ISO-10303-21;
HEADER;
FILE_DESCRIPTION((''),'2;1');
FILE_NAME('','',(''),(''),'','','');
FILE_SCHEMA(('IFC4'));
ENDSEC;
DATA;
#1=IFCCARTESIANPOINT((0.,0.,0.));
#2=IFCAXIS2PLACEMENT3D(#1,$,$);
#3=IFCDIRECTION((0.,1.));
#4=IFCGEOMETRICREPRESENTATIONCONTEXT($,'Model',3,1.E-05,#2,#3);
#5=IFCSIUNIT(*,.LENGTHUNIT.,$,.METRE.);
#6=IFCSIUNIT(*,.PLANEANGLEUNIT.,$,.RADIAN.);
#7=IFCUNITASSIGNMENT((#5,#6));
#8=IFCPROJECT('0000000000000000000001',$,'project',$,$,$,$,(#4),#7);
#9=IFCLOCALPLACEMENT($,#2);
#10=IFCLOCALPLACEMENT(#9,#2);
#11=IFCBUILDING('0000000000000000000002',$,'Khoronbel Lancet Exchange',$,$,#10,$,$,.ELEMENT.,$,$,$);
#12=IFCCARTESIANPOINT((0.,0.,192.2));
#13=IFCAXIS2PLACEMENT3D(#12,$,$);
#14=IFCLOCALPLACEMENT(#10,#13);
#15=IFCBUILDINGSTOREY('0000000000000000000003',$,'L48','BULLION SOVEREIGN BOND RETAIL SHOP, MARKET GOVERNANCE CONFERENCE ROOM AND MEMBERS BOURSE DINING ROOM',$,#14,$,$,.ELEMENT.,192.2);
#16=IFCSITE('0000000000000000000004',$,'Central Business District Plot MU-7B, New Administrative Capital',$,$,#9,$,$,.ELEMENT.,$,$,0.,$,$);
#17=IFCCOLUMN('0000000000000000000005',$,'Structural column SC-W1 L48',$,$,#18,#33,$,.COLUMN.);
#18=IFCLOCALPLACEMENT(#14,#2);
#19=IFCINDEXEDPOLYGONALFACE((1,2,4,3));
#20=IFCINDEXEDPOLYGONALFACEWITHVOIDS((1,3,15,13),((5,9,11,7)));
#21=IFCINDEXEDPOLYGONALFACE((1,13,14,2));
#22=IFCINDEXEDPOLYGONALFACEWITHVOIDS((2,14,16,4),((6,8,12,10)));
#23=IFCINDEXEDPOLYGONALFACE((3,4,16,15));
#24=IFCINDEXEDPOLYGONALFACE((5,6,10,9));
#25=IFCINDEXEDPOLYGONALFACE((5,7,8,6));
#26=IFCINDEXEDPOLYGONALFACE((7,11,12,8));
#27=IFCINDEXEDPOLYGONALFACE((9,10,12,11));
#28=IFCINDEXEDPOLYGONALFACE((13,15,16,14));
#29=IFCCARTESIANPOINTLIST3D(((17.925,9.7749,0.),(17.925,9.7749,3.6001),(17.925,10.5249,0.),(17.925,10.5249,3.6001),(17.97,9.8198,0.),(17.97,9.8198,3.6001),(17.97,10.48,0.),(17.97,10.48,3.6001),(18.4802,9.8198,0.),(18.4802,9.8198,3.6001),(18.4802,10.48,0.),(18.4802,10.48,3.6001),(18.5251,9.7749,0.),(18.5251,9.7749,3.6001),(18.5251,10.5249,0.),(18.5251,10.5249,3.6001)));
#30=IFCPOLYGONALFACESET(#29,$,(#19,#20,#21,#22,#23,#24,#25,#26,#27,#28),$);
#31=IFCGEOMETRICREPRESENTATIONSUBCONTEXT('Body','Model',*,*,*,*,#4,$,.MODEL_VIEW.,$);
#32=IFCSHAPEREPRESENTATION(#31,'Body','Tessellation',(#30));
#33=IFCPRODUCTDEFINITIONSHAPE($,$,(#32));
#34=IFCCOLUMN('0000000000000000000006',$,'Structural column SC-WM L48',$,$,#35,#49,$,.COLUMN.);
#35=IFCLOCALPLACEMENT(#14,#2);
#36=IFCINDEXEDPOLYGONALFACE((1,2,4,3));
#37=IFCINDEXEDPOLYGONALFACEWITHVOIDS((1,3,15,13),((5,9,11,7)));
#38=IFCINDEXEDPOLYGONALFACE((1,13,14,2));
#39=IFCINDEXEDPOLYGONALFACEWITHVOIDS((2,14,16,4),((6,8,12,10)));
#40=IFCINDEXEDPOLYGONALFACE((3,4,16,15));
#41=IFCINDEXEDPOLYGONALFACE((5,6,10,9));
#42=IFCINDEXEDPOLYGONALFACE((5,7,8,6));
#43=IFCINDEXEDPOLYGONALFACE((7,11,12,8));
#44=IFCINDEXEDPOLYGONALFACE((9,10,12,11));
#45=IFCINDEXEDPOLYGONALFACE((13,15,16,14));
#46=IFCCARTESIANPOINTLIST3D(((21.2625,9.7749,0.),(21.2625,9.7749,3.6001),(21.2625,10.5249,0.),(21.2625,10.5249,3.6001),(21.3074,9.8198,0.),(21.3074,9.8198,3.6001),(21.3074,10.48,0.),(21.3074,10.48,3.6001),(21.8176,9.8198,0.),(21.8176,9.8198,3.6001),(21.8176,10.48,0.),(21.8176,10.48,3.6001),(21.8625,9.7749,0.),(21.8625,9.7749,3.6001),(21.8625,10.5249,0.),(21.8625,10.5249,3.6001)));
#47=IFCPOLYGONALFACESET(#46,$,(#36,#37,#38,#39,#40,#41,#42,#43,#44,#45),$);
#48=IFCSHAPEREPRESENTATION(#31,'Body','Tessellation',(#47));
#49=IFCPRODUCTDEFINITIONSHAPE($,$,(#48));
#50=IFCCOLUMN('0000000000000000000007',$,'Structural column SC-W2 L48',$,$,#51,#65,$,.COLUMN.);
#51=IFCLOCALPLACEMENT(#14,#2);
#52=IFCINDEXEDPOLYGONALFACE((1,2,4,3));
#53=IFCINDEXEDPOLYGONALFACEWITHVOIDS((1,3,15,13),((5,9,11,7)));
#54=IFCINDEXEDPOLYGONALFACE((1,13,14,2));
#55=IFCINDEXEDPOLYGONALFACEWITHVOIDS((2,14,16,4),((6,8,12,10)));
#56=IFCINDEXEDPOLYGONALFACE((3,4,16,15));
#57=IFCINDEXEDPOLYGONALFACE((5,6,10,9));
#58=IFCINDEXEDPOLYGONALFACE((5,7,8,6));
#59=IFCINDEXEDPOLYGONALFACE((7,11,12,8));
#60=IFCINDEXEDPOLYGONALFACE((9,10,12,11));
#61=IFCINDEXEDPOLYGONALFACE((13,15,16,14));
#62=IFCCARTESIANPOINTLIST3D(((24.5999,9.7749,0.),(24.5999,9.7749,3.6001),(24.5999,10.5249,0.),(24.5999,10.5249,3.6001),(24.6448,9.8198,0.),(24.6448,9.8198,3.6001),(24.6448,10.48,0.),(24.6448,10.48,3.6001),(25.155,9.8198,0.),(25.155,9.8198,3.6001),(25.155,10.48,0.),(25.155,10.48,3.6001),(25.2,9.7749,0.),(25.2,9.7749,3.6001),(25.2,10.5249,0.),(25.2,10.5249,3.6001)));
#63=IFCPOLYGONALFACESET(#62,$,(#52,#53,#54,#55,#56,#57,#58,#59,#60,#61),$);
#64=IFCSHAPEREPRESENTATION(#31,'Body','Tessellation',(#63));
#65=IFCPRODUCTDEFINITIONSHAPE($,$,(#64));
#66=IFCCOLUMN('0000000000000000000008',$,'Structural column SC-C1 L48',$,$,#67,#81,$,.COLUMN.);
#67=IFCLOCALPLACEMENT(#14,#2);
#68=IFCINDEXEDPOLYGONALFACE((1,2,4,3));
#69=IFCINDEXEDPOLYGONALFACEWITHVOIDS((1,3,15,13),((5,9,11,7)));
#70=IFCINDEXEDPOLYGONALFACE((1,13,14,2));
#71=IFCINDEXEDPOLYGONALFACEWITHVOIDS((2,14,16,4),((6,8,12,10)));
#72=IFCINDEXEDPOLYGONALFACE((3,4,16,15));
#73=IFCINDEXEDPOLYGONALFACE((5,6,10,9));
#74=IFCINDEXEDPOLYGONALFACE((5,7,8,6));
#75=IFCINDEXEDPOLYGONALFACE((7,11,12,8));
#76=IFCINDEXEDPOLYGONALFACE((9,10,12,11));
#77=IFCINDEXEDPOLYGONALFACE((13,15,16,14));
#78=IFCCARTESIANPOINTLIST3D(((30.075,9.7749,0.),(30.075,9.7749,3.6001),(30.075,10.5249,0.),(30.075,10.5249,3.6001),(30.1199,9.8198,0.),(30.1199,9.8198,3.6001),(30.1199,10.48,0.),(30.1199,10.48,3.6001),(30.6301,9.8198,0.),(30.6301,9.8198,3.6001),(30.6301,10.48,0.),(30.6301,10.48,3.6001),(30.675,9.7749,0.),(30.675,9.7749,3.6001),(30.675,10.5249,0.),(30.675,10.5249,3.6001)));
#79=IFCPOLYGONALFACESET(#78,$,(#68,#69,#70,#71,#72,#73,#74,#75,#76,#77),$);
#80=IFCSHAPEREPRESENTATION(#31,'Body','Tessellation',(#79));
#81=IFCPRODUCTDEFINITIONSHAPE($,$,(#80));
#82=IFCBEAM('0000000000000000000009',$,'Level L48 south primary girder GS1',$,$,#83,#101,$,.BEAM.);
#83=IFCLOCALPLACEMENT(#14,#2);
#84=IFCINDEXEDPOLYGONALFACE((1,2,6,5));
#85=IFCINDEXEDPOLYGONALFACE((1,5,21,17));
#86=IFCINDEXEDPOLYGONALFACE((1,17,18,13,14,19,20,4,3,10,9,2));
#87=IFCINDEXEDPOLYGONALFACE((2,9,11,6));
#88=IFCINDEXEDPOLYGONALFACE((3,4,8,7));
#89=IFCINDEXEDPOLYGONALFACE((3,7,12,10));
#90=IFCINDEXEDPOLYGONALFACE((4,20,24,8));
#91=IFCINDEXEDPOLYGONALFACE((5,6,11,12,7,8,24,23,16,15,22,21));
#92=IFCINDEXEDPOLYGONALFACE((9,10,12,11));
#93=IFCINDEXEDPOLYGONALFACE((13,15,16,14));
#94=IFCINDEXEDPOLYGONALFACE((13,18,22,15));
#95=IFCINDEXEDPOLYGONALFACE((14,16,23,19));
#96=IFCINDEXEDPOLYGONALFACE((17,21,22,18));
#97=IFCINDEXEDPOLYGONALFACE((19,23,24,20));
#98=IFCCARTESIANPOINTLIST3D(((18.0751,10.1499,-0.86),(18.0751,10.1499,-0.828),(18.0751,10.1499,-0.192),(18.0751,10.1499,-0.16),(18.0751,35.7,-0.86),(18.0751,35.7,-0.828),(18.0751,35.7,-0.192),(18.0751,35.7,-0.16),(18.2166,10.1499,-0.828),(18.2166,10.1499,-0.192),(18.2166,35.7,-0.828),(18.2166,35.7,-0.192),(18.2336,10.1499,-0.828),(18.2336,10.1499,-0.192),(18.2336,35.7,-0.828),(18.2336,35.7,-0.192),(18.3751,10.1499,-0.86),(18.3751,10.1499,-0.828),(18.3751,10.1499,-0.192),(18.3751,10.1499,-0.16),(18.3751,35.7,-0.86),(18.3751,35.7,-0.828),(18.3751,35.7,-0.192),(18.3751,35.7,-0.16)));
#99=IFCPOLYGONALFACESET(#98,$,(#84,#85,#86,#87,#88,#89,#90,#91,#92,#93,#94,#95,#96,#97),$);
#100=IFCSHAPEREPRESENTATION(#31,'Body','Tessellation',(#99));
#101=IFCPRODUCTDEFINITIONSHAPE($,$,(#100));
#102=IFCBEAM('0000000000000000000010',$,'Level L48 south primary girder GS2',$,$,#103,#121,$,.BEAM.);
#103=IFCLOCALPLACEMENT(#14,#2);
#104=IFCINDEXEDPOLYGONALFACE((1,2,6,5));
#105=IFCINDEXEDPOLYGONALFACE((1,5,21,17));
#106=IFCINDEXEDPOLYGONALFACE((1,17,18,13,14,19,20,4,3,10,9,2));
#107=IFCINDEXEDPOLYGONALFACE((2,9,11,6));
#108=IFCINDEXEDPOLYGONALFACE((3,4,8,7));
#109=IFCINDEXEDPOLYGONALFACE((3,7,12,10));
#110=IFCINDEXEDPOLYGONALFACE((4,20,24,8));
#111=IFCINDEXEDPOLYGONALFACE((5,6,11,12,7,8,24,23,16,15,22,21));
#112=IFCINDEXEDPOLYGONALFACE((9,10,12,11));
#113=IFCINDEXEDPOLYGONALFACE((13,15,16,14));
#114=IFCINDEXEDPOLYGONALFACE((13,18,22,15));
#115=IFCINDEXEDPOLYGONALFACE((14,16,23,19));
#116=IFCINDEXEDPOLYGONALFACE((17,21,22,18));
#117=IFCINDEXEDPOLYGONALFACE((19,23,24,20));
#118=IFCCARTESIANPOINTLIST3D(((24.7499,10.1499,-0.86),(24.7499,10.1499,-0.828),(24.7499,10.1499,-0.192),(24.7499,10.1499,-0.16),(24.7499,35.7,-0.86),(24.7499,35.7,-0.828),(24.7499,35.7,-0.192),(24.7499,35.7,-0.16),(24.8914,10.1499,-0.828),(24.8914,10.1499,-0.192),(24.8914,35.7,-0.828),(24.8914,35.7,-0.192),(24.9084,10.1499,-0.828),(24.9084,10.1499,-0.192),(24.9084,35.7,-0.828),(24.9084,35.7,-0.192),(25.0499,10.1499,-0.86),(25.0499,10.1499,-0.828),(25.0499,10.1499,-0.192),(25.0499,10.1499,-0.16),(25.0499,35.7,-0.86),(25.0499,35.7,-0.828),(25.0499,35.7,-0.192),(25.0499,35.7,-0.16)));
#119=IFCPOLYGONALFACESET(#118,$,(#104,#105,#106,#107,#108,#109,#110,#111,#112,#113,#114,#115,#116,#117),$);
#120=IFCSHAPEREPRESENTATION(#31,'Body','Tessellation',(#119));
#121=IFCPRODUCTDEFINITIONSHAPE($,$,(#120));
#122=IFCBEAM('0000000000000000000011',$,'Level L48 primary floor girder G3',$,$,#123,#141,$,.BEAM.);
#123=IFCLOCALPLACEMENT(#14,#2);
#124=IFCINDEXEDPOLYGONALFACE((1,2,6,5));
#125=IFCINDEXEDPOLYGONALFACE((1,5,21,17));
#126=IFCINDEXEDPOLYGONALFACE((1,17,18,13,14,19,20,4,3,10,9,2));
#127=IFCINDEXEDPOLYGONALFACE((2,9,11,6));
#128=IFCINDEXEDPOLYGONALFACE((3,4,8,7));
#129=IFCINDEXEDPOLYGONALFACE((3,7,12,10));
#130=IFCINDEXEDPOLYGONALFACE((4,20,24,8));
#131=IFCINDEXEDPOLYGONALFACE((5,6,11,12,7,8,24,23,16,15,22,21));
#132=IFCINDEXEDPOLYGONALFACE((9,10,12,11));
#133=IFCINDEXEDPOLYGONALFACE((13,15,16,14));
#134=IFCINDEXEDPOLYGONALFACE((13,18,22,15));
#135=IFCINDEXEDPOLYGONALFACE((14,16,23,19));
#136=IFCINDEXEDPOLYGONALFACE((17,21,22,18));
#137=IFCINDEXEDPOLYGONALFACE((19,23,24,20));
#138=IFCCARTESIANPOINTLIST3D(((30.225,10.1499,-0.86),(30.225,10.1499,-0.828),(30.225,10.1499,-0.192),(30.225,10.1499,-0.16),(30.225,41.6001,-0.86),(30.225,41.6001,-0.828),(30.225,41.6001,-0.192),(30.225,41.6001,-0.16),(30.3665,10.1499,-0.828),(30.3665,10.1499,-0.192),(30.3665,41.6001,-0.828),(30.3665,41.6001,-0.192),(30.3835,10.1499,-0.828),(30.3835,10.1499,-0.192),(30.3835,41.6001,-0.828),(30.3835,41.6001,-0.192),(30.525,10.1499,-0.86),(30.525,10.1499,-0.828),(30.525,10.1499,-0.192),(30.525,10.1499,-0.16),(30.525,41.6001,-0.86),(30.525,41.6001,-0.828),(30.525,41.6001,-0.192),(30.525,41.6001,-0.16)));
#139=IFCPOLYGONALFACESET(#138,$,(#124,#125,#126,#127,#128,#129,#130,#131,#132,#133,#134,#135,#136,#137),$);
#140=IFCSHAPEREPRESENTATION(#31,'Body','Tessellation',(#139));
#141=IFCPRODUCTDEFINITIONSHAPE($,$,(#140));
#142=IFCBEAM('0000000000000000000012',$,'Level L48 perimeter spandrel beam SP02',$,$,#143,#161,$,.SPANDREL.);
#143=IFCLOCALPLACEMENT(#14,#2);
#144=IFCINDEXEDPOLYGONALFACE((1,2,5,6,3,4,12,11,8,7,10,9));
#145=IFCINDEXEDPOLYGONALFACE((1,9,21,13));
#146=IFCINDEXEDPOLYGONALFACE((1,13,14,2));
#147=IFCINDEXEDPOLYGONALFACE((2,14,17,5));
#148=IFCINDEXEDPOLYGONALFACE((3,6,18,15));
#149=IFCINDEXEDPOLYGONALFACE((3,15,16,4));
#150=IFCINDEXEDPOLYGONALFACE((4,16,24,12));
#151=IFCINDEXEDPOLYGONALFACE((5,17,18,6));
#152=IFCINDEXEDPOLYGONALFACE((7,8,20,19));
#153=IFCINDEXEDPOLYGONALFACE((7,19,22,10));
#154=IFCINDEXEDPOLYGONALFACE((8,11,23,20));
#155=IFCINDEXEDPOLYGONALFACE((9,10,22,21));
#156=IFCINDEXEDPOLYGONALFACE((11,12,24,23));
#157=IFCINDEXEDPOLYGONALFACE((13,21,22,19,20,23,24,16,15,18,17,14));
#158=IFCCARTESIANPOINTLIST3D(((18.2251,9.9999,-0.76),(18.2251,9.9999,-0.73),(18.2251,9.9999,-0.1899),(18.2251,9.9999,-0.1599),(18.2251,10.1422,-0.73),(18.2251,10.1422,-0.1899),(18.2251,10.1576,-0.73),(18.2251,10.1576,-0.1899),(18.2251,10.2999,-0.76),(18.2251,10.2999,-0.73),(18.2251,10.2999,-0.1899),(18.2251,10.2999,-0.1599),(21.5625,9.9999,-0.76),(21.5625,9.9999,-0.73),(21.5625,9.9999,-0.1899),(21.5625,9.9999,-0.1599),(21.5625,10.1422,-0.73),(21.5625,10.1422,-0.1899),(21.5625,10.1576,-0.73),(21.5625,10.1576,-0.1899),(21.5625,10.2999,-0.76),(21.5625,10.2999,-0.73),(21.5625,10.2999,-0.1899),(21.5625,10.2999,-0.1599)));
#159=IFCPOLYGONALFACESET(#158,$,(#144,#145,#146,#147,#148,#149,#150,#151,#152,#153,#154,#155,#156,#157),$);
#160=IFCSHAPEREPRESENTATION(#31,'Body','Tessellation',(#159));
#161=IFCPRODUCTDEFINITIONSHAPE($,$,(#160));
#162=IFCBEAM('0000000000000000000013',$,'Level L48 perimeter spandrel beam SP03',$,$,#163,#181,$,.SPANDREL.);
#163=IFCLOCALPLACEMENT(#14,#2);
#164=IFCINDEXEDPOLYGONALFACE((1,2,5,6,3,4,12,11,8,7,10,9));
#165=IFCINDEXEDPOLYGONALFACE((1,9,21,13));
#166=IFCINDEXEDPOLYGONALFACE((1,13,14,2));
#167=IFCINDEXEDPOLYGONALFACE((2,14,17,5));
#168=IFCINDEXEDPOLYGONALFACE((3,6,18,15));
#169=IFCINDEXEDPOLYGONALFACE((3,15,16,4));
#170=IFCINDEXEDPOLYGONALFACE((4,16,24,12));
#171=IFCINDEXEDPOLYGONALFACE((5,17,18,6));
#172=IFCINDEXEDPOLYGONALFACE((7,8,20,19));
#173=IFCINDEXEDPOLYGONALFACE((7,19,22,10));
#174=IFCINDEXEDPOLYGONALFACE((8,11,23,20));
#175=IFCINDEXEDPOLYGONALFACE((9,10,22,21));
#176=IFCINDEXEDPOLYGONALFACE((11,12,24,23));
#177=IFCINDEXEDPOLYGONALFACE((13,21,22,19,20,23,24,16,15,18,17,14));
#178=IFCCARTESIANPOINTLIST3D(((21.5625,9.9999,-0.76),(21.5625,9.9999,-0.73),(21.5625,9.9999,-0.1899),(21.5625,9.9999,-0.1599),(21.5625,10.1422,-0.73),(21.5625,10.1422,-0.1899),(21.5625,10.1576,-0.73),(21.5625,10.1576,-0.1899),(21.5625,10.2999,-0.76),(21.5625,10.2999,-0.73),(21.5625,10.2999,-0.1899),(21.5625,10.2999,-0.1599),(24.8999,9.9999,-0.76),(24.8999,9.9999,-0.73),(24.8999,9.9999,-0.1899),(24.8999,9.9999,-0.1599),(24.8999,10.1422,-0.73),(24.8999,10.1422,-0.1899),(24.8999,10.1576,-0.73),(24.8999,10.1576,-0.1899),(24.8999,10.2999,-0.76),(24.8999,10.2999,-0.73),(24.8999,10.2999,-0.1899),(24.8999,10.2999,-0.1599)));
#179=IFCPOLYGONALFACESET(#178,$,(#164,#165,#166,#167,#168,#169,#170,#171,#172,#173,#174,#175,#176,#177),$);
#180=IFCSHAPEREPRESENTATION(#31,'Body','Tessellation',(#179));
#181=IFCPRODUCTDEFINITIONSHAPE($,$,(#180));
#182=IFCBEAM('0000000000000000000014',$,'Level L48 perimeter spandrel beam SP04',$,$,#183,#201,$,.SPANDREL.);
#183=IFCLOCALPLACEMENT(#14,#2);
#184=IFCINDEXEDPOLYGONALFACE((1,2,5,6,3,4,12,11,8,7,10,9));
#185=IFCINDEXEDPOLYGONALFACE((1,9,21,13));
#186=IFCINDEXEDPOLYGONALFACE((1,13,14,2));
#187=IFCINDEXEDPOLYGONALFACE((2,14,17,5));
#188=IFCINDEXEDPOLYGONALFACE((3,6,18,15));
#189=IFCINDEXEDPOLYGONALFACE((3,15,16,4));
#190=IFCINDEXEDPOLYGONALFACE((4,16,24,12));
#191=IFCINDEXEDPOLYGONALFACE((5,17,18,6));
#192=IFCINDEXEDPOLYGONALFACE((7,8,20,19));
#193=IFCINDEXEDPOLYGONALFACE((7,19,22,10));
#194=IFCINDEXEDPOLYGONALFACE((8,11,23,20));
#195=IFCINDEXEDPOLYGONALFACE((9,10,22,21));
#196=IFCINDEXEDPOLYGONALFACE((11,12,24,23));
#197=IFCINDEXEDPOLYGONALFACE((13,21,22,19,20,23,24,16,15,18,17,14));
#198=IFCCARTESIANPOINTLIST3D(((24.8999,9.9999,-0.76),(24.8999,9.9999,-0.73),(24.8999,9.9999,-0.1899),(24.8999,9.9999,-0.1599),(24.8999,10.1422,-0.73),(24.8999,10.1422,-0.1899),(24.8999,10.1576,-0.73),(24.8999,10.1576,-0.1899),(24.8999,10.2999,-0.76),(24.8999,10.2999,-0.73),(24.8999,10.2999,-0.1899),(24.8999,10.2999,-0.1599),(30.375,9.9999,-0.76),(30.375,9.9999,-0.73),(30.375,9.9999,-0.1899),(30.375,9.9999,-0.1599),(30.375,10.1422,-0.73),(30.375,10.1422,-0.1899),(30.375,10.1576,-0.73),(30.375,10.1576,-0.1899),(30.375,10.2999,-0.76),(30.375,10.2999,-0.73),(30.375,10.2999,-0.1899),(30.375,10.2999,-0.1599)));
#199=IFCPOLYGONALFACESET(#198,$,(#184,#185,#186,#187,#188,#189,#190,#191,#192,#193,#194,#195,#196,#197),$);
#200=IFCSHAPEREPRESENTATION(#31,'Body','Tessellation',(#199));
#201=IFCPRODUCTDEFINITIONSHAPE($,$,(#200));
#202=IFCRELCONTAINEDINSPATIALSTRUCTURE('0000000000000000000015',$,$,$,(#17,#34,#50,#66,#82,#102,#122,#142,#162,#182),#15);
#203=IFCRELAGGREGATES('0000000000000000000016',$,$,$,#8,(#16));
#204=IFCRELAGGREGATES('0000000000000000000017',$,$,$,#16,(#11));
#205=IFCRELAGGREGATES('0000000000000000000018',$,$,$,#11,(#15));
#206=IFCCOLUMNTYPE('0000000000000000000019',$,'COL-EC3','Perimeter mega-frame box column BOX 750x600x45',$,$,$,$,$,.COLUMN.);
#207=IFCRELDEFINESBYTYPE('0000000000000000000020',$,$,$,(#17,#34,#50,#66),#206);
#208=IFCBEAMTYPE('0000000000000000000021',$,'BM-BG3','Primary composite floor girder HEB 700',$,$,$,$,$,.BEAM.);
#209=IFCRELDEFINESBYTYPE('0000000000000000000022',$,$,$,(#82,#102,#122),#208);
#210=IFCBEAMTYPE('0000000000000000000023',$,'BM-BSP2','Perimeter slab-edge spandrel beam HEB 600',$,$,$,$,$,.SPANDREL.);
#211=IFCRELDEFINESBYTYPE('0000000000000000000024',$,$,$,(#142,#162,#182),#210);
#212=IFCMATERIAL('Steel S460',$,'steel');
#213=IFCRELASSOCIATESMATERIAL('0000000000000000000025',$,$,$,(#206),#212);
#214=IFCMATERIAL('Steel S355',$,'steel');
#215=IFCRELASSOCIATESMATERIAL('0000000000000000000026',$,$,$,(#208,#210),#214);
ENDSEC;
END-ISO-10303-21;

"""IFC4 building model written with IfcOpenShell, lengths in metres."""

from ifc_helpers import new_model, si_unit, direction, frame, origin, origin_2d, place, context, subcontext, project, spatial, hollow_rectangle, i_section, extrude, material, material_profile, profile_set, type_object, element, save


model = new_model("IFC4")

# Units and contexts
model_context = context("Model", 3, precision=1e-05, world=origin(), true_north=direction((0.0, 1.0)))
body_context = subcontext(model_context, "Body", "Model", "MODEL_VIEW")
ifc_project = project(units=[si_unit("LENGTHUNIT", "METRE"), si_unit("PLANEANGLEUNIT", "RADIAN")], contexts=[model_context])

# Site, building, storey
site_placement = place(None, origin())
site = spatial("IfcSite", under=ifc_project, at=site_placement, Name="Central Business District Plot MU-7B, New Administrative Capital", CompositionType="ELEMENT", RefElevation=0.0)
building_placement = place(site_placement, origin())
building = spatial("IfcBuilding", under=site, at=building_placement, Name="Khoronbel Lancet Exchange", CompositionType="ELEMENT")
storey_placement = place(building_placement, frame((0.0, 0.0, 192.2)))
storey = spatial("IfcBuildingStorey", under=building, at=storey_placement, Name="L48", Description="BULLION SOVEREIGN BOND RETAIL SHOP, MARKET GOVERNANCE CONFERENCE ROOM AND MEMBERS BOURSE DINING ROOM", CompositionType="ELEMENT", Elevation=192.2)

# Columns
ifc_material_1 = material(Name="Steel S460", Category="steel")
ifc_material_profile_1 = material_profile(ifc_material_1, hollow_rectangle(XDim=0.6001, YDim=0.75, WallThickness=0.0449, at=origin_2d()), Name="BOX 750x600x45")
ifc_profile_set_1 = profile_set([ifc_material_profile_1], Name="Steel S460")
column_type = type_object("IfcColumnType", Name="COL-EC3", Description="Perimeter mega-frame box column BOX 750x600x45", PredefinedType="COLUMN", material=ifc_profile_set_1)
for number, where, z_axis, x_axis, name in (
    (1, (18.2251, 10.1499, 0.0), (0.0, 0.0, 1.0), (1.0, 0.0, 0.0), "Structural column SC-W1 L48"),
    (2, (21.5625, 10.1499, 0.0), (0.0, 0.0, 1.0), (1.0, 0.0, 0.0), "Structural column SC-WM L48"),
    (3, (24.8999, 10.1499, 0.0), (0.0, 0.0, 1.0), (1.0, 0.0, 0.0), "Structural column SC-W2 L48"),
    (4, (30.375, 10.1499, 0.0), (0.0, 0.0, 1.0), (1.0, 0.0, 0.0), "Structural column SC-C1 L48"),
):
    element("IfcColumn", number, at=place(storey_placement, frame(where, z_axis=z_axis, x_axis=x_axis)), inside=storey, type_object=column_type, Name=name, PredefinedType="COLUMN", context=body_context, shape_type="SweptSolid", body=[
        extrude(hollow_rectangle(XDim=0.6001, YDim=0.75, WallThickness=0.0449, at=origin_2d()), origin(), (0.0, 0.0, 1.0), 3.6001),
    ])

# Beams
ifc_material_2 = material(Name="Steel S355", Category="steel")
ifc_material_profile_2 = material_profile(ifc_material_2, i_section(OverallWidth=0.3, OverallDepth=0.7, WebThickness=0.0171, FlangeThickness=0.032, at=origin_2d()), Name="HEB 700")
ifc_profile_set_2 = profile_set([ifc_material_profile_2], Name="Steel S355")
beam_type_1 = type_object("IfcBeamType", Name="BM-BG3", Description="Primary composite floor girder HEB 700", PredefinedType="BEAM", material=ifc_profile_set_2)
for number, where, z_axis, x_axis, name in (
    (5, (18.2251, 10.1499, -0.51), (0.0, 1.0, 0.0), (-1.0, 0.0, 0.0), "Level L48 south primary girder GS1"),
    (6, (24.8999, 10.1499, -0.51), (0.0, 1.0, 0.0), (-1.0, 0.0, 0.0), "Level L48 south primary girder GS2"),
):
    element("IfcBeam", number, at=place(storey_placement, frame(where, z_axis=z_axis, x_axis=x_axis)), inside=storey, type_object=beam_type_1, Name=name, PredefinedType="BEAM", context=body_context, shape_type="SweptSolid", body=[
        extrude(i_section(OverallWidth=0.3, OverallDepth=0.7, WebThickness=0.0171, FlangeThickness=0.032, at=origin_2d()), origin(), (0.0, 0.0, 1.0), 25.55),
    ])
beam_1_placement = place(storey_placement, frame((30.375, 10.1499, -0.51), z_axis=(0.0, 1.0, 0.0), x_axis=(-1.0, 0.0, 0.0)))
element("IfcBeam", 7, at=beam_1_placement, inside=storey, type_object=beam_type_1, Name="Level L48 primary floor girder G3", PredefinedType="BEAM", context=body_context, shape_type="SweptSolid", body=[
    extrude(i_section(OverallWidth=0.3, OverallDepth=0.7, WebThickness=0.0171, FlangeThickness=0.032, at=origin_2d()), origin(), (0.0, 0.0, 1.0), 31.4502),
])
ifc_material_profile_3 = material_profile(ifc_material_2, i_section(OverallWidth=0.3, OverallDepth=0.6001, WebThickness=0.0154, FlangeThickness=0.03, at=origin_2d()), Name="HEB 600")
ifc_profile_set_3 = profile_set([ifc_material_profile_3], Name="Steel S355")
beam_type_2 = type_object("IfcBeamType", Name="BM-BSP2", Description="Perimeter slab-edge spandrel beam HEB 600", PredefinedType="SPANDREL", material=ifc_profile_set_3)
for number, where, z_axis, x_axis, name in (
    (8, (18.2251, 10.1499, -0.46), (1.0, 0.0, 0.0), (0.0, 1.0, 0.0), "Level L48 perimeter spandrel beam SP02"),
    (9, (21.5625, 10.1499, -0.46), (1.0, 0.0, 0.0), (0.0, 1.0, 0.0), "Level L48 perimeter spandrel beam SP03"),
):
    element("IfcBeam", number, at=place(storey_placement, frame(where, z_axis=z_axis, x_axis=x_axis)), inside=storey, type_object=beam_type_2, Name=name, PredefinedType="SPANDREL", context=body_context, shape_type="SweptSolid", body=[
        extrude(i_section(OverallWidth=0.3, OverallDepth=0.6001, WebThickness=0.0154, FlangeThickness=0.03, at=origin_2d()), origin(), (0.0, 0.0, 1.0), 3.3374),
    ])
beam_2_placement = place(storey_placement, frame((24.8999, 10.1499, -0.46), z_axis=(1.0, 0.0, 0.0), x_axis=(0.0, 1.0, 0.0)))
element("IfcBeam", 10, at=beam_2_placement, inside=storey, type_object=beam_type_2, Name="Level L48 perimeter spandrel beam SP04", PredefinedType="SPANDREL", context=body_context, shape_type="SweptSolid", body=[
    extrude(i_section(OverallWidth=0.3, OverallDepth=0.6001, WebThickness=0.0154, FlangeThickness=0.03, at=origin_2d()), origin(), (0.0, 0.0, 1.0), 5.4751),
])

save(model, "model.ifc")
